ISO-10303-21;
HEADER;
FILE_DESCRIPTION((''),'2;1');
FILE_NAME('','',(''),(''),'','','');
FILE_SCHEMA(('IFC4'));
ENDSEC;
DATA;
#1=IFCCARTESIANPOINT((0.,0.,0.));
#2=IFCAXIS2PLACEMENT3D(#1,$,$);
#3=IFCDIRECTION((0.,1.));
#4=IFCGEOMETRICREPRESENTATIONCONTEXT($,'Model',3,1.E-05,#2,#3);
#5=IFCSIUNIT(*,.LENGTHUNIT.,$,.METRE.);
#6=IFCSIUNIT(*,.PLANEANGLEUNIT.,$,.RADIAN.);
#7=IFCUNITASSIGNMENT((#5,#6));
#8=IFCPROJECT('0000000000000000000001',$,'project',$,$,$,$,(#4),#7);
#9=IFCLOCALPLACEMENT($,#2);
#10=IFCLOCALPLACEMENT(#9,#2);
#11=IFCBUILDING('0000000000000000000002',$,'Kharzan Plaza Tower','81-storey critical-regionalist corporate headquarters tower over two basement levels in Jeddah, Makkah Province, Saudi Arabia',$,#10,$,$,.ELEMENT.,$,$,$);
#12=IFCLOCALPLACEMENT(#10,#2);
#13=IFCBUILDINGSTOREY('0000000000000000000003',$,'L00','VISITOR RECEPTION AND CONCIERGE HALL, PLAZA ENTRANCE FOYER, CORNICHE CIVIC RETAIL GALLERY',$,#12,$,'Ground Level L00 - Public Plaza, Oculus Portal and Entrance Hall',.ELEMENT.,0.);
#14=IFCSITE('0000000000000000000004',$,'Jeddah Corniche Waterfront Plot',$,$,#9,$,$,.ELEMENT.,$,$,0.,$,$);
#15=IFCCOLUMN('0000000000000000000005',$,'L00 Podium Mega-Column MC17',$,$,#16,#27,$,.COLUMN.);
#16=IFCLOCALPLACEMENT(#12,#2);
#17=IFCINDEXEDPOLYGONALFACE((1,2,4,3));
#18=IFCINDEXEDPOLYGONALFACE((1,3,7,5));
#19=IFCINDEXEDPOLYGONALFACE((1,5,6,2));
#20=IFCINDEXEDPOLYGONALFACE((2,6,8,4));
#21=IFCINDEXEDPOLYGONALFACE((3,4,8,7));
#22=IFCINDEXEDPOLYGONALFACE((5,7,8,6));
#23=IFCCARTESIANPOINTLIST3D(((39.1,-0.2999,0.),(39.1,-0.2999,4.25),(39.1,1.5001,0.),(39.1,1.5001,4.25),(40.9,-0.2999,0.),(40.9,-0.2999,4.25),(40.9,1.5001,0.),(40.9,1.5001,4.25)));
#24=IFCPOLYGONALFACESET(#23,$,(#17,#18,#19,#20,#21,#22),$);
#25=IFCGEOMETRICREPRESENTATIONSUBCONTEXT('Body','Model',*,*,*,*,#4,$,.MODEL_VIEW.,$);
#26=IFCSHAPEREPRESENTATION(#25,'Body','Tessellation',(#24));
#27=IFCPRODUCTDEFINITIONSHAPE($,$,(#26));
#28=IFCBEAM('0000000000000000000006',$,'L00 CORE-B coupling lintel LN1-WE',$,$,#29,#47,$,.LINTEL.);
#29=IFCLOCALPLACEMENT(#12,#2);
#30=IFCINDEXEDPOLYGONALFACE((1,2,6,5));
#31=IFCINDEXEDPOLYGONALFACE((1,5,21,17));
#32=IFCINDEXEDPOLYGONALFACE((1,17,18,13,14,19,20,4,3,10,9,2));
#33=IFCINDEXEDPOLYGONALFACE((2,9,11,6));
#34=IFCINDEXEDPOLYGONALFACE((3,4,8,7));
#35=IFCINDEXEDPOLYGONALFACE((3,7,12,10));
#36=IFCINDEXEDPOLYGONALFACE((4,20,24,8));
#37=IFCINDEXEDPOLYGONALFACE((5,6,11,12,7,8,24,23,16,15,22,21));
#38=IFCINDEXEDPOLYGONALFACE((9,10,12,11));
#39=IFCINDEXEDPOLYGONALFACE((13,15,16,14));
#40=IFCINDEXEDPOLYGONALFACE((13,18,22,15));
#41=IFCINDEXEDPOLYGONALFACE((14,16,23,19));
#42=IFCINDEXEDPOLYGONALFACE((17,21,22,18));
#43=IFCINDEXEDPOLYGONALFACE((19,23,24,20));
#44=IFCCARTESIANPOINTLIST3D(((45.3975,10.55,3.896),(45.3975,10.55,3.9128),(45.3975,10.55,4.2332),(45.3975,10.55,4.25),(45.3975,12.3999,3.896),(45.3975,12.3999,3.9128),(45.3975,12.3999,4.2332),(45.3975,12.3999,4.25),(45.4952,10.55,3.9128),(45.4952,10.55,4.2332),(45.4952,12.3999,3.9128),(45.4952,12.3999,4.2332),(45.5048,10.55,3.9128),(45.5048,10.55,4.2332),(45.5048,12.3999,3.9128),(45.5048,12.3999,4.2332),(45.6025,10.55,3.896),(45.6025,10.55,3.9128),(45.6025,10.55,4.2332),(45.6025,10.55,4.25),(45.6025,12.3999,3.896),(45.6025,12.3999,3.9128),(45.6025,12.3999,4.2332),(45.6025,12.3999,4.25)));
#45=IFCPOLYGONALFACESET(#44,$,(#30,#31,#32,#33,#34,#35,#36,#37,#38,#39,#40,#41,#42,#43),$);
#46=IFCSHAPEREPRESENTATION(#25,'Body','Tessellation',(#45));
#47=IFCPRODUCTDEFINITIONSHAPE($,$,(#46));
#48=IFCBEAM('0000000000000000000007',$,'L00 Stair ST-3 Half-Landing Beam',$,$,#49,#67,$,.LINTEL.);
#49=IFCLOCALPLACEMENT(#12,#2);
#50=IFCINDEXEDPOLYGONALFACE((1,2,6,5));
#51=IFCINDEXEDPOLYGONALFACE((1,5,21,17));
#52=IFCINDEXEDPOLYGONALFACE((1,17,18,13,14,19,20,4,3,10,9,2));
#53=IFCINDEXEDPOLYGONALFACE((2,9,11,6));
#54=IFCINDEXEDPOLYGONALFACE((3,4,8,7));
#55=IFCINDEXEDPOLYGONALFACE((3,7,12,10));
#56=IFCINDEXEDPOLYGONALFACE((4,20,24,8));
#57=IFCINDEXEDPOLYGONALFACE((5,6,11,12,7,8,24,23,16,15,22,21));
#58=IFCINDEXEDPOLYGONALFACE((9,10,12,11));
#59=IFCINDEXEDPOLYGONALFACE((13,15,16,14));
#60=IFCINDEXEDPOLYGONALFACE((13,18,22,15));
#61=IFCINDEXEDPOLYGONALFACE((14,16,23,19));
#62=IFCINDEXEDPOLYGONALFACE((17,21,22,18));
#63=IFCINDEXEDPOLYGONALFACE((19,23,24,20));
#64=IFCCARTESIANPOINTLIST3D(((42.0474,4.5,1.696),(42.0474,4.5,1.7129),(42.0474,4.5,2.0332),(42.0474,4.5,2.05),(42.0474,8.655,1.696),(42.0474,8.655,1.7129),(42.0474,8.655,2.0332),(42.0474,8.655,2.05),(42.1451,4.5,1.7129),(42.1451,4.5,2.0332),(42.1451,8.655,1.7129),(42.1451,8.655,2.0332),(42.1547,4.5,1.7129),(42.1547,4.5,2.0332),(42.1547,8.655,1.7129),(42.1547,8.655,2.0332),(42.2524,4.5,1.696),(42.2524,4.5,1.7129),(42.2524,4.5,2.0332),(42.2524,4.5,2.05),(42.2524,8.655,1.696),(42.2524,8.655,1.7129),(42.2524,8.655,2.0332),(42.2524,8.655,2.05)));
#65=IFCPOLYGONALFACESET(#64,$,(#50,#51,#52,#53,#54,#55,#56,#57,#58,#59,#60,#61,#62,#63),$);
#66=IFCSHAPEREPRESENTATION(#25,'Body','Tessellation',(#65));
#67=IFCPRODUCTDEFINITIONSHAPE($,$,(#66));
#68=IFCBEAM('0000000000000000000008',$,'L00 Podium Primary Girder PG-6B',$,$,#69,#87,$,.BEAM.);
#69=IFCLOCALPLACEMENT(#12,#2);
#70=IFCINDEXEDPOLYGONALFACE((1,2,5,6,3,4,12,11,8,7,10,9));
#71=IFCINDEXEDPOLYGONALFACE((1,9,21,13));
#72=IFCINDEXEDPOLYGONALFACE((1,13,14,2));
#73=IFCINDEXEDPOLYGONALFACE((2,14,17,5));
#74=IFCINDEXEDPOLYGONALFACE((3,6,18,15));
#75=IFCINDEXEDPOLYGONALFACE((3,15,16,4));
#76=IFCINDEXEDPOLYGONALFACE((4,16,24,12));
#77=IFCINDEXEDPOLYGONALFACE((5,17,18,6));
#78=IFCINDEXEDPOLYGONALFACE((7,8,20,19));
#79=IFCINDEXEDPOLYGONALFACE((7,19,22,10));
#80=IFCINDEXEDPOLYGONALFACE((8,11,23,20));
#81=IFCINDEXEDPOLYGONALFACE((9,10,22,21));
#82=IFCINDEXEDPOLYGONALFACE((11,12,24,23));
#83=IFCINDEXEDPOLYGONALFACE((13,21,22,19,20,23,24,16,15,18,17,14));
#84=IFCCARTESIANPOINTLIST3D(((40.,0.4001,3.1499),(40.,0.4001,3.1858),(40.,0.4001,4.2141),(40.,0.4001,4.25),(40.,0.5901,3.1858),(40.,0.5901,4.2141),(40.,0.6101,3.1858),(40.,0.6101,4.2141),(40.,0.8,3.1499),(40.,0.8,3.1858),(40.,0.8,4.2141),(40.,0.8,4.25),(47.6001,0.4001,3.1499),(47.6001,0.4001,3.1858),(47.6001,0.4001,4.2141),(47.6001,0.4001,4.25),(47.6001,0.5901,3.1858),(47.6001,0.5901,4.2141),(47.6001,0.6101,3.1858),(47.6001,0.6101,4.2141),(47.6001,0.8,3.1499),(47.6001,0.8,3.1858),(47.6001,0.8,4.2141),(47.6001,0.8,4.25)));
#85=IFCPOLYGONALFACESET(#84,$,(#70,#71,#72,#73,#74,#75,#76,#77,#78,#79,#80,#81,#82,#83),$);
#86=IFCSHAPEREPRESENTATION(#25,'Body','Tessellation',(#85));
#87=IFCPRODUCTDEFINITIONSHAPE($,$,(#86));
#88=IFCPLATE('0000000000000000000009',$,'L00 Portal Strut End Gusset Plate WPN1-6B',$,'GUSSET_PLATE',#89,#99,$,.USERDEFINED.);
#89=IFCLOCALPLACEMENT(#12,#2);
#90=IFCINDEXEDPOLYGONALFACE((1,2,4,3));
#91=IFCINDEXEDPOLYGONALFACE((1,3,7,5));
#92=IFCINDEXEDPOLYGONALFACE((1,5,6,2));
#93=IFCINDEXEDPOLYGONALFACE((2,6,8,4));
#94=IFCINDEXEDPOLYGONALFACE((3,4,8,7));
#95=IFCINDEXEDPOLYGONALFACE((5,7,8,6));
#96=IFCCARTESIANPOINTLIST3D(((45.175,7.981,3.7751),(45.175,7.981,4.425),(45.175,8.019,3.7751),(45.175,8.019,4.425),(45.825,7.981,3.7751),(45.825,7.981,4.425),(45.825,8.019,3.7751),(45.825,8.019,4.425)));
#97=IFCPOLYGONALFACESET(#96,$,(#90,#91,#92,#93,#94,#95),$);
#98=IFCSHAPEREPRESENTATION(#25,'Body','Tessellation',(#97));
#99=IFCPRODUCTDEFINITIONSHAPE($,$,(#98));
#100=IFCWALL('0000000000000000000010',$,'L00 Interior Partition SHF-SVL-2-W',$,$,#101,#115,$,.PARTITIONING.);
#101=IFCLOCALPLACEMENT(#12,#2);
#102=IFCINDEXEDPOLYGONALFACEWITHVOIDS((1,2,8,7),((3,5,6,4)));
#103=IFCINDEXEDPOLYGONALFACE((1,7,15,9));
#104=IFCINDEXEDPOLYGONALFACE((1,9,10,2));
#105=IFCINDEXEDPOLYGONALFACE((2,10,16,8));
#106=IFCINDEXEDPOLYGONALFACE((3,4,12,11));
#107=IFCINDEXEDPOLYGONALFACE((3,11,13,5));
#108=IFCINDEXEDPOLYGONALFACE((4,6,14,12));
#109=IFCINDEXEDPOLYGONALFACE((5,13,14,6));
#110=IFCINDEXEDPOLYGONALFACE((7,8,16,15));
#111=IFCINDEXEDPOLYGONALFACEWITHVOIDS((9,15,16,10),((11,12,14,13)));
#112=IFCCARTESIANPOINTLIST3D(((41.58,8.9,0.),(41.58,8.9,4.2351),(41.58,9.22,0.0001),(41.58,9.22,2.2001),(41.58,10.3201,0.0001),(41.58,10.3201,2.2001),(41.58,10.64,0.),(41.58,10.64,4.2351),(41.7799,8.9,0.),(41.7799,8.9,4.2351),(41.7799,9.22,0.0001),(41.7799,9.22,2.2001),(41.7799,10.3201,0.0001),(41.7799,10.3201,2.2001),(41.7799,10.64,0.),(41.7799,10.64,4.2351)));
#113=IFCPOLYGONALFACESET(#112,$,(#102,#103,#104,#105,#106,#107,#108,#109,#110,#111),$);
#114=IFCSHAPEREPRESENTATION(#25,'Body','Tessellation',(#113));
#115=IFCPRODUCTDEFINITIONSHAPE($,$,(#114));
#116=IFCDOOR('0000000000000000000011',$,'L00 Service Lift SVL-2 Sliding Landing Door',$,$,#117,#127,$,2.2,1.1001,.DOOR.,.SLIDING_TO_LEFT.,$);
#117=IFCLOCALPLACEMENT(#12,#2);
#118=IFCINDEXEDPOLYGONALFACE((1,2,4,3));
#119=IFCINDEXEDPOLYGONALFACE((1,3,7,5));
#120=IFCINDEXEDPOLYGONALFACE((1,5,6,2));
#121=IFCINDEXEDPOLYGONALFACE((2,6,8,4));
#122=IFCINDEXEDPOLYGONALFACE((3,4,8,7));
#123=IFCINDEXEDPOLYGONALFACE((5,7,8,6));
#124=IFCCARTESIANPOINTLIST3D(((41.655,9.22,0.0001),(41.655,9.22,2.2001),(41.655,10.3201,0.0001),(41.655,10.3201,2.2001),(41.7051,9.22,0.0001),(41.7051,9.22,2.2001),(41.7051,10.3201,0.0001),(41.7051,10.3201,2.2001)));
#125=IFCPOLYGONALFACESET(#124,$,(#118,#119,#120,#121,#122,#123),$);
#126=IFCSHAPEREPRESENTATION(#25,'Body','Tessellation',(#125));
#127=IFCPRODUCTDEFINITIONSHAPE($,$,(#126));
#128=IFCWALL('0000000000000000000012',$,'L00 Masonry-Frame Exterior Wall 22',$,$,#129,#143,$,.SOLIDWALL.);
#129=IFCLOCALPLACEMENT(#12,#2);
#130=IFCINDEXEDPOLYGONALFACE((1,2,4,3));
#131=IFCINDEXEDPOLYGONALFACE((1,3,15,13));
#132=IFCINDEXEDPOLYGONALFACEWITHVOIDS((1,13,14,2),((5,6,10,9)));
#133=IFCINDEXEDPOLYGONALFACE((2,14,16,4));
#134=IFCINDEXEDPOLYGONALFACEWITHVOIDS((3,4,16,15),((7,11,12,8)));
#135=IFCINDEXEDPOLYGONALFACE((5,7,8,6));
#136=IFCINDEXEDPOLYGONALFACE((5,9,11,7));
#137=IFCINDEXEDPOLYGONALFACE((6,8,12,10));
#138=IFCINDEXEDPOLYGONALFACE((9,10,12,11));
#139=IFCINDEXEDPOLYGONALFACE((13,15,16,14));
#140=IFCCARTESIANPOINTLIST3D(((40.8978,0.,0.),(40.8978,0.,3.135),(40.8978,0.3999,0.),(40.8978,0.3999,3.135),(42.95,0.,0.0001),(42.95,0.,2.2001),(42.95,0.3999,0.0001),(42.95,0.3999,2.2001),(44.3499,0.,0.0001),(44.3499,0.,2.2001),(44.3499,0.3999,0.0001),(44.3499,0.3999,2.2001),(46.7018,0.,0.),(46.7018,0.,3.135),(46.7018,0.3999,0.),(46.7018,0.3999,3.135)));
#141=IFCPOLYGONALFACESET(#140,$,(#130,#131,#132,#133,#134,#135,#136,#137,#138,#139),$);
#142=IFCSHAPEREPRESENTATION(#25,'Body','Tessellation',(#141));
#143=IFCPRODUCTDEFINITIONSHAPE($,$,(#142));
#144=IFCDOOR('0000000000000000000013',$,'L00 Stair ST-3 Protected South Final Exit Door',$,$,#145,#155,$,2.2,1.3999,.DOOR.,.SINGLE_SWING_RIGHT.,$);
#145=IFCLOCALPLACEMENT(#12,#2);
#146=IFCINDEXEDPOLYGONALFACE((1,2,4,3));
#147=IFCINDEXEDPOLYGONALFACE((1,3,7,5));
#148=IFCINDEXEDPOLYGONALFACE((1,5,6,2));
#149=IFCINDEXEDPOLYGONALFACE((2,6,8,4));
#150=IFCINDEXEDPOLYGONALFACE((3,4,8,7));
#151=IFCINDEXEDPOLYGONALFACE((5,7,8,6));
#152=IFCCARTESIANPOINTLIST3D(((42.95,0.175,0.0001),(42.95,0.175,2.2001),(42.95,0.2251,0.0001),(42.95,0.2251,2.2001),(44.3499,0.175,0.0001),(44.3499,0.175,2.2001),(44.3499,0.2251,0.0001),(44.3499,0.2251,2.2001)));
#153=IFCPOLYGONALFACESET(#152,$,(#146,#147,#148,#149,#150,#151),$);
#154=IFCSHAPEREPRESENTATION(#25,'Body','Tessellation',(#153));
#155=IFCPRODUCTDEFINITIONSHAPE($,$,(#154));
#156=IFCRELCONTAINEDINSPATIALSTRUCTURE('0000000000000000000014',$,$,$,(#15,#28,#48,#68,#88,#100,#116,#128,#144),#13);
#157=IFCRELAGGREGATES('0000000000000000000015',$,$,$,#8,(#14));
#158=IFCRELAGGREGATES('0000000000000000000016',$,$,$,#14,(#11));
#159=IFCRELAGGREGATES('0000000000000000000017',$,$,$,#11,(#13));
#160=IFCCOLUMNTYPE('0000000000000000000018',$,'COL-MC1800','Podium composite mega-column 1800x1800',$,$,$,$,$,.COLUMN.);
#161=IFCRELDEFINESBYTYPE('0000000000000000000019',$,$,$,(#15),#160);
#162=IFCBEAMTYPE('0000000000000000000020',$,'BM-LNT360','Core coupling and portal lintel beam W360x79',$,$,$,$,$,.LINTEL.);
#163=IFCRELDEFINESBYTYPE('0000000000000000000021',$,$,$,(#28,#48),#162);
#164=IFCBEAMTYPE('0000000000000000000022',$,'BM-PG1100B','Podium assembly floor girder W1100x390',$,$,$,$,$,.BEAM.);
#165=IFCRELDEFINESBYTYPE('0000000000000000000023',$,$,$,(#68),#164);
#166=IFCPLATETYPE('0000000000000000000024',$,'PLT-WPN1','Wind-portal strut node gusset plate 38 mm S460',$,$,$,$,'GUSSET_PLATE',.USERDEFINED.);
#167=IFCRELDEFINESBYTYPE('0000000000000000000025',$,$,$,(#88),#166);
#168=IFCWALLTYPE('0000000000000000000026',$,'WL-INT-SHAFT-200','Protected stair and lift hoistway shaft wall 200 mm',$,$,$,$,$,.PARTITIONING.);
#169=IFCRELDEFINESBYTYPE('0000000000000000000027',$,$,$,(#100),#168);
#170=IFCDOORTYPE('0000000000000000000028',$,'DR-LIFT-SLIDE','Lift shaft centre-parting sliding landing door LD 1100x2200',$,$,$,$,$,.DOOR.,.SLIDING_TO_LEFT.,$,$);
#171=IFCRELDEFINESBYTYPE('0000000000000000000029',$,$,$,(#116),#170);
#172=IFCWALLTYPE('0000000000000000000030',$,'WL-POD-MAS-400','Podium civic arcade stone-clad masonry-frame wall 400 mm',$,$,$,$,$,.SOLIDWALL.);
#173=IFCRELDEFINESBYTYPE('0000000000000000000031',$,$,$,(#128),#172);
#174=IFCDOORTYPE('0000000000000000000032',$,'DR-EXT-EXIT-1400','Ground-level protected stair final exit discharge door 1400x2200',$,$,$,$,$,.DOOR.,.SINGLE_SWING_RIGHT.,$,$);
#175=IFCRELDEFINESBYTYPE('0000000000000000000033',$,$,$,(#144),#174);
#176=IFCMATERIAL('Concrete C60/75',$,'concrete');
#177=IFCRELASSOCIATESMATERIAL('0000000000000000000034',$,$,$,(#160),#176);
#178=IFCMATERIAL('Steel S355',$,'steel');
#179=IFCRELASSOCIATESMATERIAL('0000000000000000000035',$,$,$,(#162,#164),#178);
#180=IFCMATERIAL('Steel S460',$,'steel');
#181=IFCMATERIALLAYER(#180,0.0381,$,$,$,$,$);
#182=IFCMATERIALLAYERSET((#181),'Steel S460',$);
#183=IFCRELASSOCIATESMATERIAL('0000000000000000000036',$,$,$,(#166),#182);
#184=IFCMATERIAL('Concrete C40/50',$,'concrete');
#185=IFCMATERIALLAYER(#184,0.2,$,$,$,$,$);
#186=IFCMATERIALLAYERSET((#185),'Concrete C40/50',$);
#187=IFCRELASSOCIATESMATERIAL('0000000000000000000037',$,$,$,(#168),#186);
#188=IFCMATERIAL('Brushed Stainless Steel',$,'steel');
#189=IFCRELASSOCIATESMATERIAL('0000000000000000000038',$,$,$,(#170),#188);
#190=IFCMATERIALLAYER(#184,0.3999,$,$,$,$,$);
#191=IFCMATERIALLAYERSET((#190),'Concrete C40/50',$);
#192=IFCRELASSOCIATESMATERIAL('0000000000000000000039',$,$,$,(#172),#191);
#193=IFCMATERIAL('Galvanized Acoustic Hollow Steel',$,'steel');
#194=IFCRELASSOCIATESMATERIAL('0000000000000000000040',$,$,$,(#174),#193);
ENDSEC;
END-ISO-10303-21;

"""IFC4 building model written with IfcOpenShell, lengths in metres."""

from ifc_helpers import new_model, si_unit, direction, frame, frame_2d, origin, origin_2d, place, context, subcontext, project, spatial, rectangle, i_section, extrude, source, transform, mapped, material, layer, layer_set, material_profile, profile_set, type_object, element, fill, save


model = new_model("IFC4")

# Units and contexts
model_context = context("Model", 3, precision=1e-05, world=origin(), true_north=direction((0.0, 1.0)))
body_context = subcontext(model_context, "Body", "Model", "MODEL_VIEW")
ifc_project = project(units=[si_unit("LENGTHUNIT", "METRE"), si_unit("PLANEANGLEUNIT", "RADIAN")], contexts=[model_context])

# Site, building, storey
site_placement = place(None, origin())
site = spatial("IfcSite", under=ifc_project, at=site_placement, Name="Jeddah Corniche Waterfront Plot", CompositionType="ELEMENT", RefElevation=0.0)
building_placement = place(site_placement, origin())
building = spatial("IfcBuilding", under=site, at=building_placement, Name="Kharzan Plaza Tower", Description="81-storey critical-regionalist corporate headquarters tower over two basement levels in Jeddah, Makkah Province, Saudi Arabia", CompositionType="ELEMENT")
storey_placement = place(building_placement, origin())
storey = spatial("IfcBuildingStorey", under=building, at=storey_placement, Name="L00", Description="VISITOR RECEPTION AND CONCIERGE HALL, PLAZA ENTRANCE FOYER, CORNICHE CIVIC RETAIL GALLERY", LongName="Ground Level L00 - Public Plaza, Oculus Portal and Entrance Hall", CompositionType="ELEMENT", Elevation=0.0)

# Column
ifc_material_1 = material(Name="Concrete C60/75", Category="concrete")
ifc_material_profile_1 = material_profile(ifc_material_1, rectangle(XDim=1.8, YDim=1.8, at=origin_2d()), Name="RC-MC1800x1800")
ifc_profile_set_1 = profile_set([ifc_material_profile_1], Name="Concrete C60/75")
column_type = type_object("IfcColumnType", Name="COL-MC1800", Description="Podium composite mega-column 1800x1800", PredefinedType="COLUMN", material=ifc_profile_set_1)
shared_shape_1 = source(origin(), body_context, "Body", "SweptSolid", [
    extrude(rectangle(XDim=1.8, YDim=1.8, at=origin_2d()), origin(), (0.0, 0.0, 1.0), 4.25),
])
column_placement = place(storey_placement, frame((40.0, 0.6001, 0.0), z_axis=(0.0, 0.0, 1.0), x_axis=(1.0, 0.0, 0.0)))
element("IfcColumn", 1, at=column_placement, inside=storey, type_object=column_type, Name="L00 Podium Mega-Column MC17", PredefinedType="COLUMN", context=body_context, shape_type="MappedRepresentation", body=[
    mapped(shared_shape_1, transform((0.0, 0.0, 0.0), x_axis=(1.0, 0.0, 0.0), y_axis=(0.0, 1.0, 0.0), z_axis=(0.0, 0.0, 1.0))),
])

# Beams
ifc_material_2 = material(Name="Steel S355", Category="steel")
ifc_material_profile_2 = material_profile(ifc_material_2, i_section(OverallWidth=0.2051, OverallDepth=0.354, WebThickness=0.0095, FlangeThickness=0.0168, at=origin_2d()), Name="W360x79")
ifc_profile_set_2 = profile_set([ifc_material_profile_2], Name="Steel S355")
beam_type_1 = type_object("IfcBeamType", Name="BM-LNT360", Description="Core coupling and portal lintel beam W360x79", PredefinedType="LINTEL", material=ifc_profile_set_2)
shared_shape_2 = source(origin(), body_context, "Body", "SweptSolid", [
    extrude(i_section(OverallWidth=0.2051, OverallDepth=0.354, WebThickness=0.0095, FlangeThickness=0.0168, at=origin_2d()), origin(), (0.0, 0.0, 1.0), 1.8499),
])
beam_1_placement = place(storey_placement, frame((45.5, 10.55, 4.073), z_axis=(0.0, 1.0, 0.0), x_axis=(-1.0, 0.0, 0.0)))
element("IfcBeam", 2, at=beam_1_placement, inside=storey, type_object=beam_type_1, Name="L00 CORE-B coupling lintel LN1-WE", PredefinedType="LINTEL", context=body_context, shape_type="MappedRepresentation", body=[
    mapped(shared_shape_2, transform((0.0, 0.0, 0.0), x_axis=(1.0, 0.0, 0.0), y_axis=(0.0, 1.0, 0.0), z_axis=(0.0, 0.0, 1.0))),
])
shared_shape_3 = source(origin(), body_context, "Body", "SweptSolid", [
    extrude(i_section(OverallWidth=0.2051, OverallDepth=0.354, WebThickness=0.0095, FlangeThickness=0.0168, at=origin_2d()), origin(), (0.0, 0.0, 1.0), 4.155),
])
beam_2_placement = place(storey_placement, frame((42.1499, 4.5, 1.873), z_axis=(0.0, 1.0, 0.0), x_axis=(-1.0, 0.0, 0.0)))
element("IfcBeam", 3, at=beam_2_placement, inside=storey, type_object=beam_type_1, Name="L00 Stair ST-3 Half-Landing Beam", PredefinedType="LINTEL", context=body_context, shape_type="MappedRepresentation", body=[
    mapped(shared_shape_3, transform((0.0, 0.0, 0.0), x_axis=(1.0, 0.0, 0.0), y_axis=(0.0, 1.0, 0.0), z_axis=(0.0, 0.0, 1.0))),
])
ifc_material_profile_3 = material_profile(ifc_material_2, i_section(OverallWidth=0.3999, OverallDepth=1.1001, WebThickness=0.02, FlangeThickness=0.0359, at=origin_2d()), Name="W1100x390")
ifc_profile_set_3 = profile_set([ifc_material_profile_3], Name="Steel S355")
beam_type_2 = type_object("IfcBeamType", Name="BM-PG1100B", Description="Podium assembly floor girder W1100x390", PredefinedType="BEAM", material=ifc_profile_set_3)
shared_shape_4 = source(origin(), body_context, "Body", "SweptSolid", [
    extrude(i_section(OverallWidth=0.3999, OverallDepth=1.1001, WebThickness=0.02, FlangeThickness=0.0359, at=origin_2d()), origin(), (0.0, 0.0, 1.0), 7.6001),
])
beam_3_placement = place(storey_placement, frame((40.0, 0.6001, 3.7), z_axis=(1.0, 0.0, 0.0), x_axis=(0.0, 1.0, 0.0)))
element("IfcBeam", 4, at=beam_3_placement, inside=storey, type_object=beam_type_2, Name="L00 Podium Primary Girder PG-6B", PredefinedType="BEAM", context=body_context, shape_type="MappedRepresentation", body=[
    mapped(shared_shape_4, transform((0.0, 0.0, 0.0), x_axis=(1.0, 0.0, 0.0), y_axis=(0.0, 1.0, 0.0), z_axis=(0.0, 0.0, 1.0))),
])

# Plate
ifc_material_3 = material(Name="Steel S460", Category="steel")
ifc_layer_1 = layer(ifc_material_3, 0.0381)
ifc_layer_set_1 = layer_set([ifc_layer_1], Name="Steel S460")
plate_type = type_object("IfcPlateType", Name="PLT-WPN1", Description="Wind-portal strut node gusset plate 38 mm S460", ElementType="GUSSET_PLATE", PredefinedType="USERDEFINED", material=ifc_layer_set_1)
shared_shape_5 = source(origin(), body_context, "Body", "SweptSolid", [
    extrude(rectangle(XDim=0.6499, YDim=0.0381, at=origin_2d()), origin(), (0.0, 0.0, 1.0), 0.6499),
])
plate_placement = place(storey_placement, frame((45.5, 8.0, 3.7751), z_axis=(0.0, 0.0, 1.0), x_axis=(1.0, 0.0, 0.0)))
element("IfcPlate", 5, at=plate_placement, inside=storey, type_object=plate_type, Name="L00 Portal Strut End Gusset Plate WPN1-6B", ObjectType="GUSSET_PLATE", PredefinedType="USERDEFINED", context=body_context, shape_type="MappedRepresentation", body=[
    mapped(shared_shape_5, transform((0.0, 0.0, 0.0), x_axis=(1.0, 0.0, 0.0), y_axis=(0.0, 1.0, 0.0), z_axis=(0.0, 0.0, 1.0))),
])

# Walls, openings, doors
ifc_material_4 = material(Name="Concrete C40/50", Category="concrete")
ifc_layer_2 = layer(ifc_material_4, 0.2)
ifc_layer_set_2 = layer_set([ifc_layer_2], Name="Concrete C40/50")
wall_type_1 = type_object("IfcWallType", Name="WL-INT-SHAFT-200", Description="Protected stair and lift hoistway shaft wall 200 mm", PredefinedType="PARTITIONING", material=ifc_layer_set_2)
wall_1_placement = place(storey_placement, frame((41.6799, 8.8999, 0.0), z_axis=(0.0, 0.0, 1.0), x_axis=(0.0, 1.0, 0.0)))
wall_1 = element("IfcWall", 6, at=wall_1_placement, inside=storey, type_object=wall_type_1, Name="L00 Interior Partition SHF-SVL-2-W", PredefinedType="PARTITIONING", context=body_context, shape_type="SweptSolid", body=[
    extrude(rectangle(XDim=1.74, YDim=0.2, at=frame_2d((0.8701, 0.0))), origin(), (0.0, 0.0, 1.0), 4.2351),
])
opening_1_placement = place(wall_1_placement, frame((0.3201, 0.0, 0.0)))
opening_1 = element("IfcOpeningElement", 7, at=opening_1_placement, cuts=wall_1, PredefinedType="OPENING", context=body_context, shape_type="SweptSolid", body=[
    extrude(rectangle(XDim=1.1001, YDim=2.2, at=frame_2d((0.55, 1.1001))), frame((0.0, 0.1099, 0.0), z_axis=(0.0, -1.0, 0.0), x_axis=(1.0, 0.0, 0.0)), (0.0, 0.0, 1.0), 0.22),
])
ifc_material_5 = material(Name="Brushed Stainless Steel", Category="steel")
door_type_1 = type_object("IfcDoorType", Name="DR-LIFT-SLIDE", Description="Lift shaft centre-parting sliding landing door LD 1100x2200", OperationType="SLIDING_TO_LEFT", PredefinedType="DOOR", material=ifc_material_5)
shared_shape_6 = source(origin(), body_context, "Body", "SweptSolid", [
    extrude(rectangle(XDim=1.1001, YDim=2.2, at=frame_2d((0.55, 1.1001))), frame((0.0, 0.0249, 0.0), z_axis=(0.0, -1.0, 0.0), x_axis=(1.0, 0.0, 0.0)), (0.0, 0.0, 1.0), 0.05),
])
door_1_placement = place(opening_1_placement, origin())
door_1 = element("IfcDoor", 8, at=door_1_placement, inside=storey, type_object=door_type_1, Name="L00 Service Lift SVL-2 Sliding Landing Door", OperationType="SLIDING_TO_LEFT", OverallHeight=2.2, OverallWidth=1.1001, PredefinedType="DOOR", context=body_context, shape_type="MappedRepresentation", body=[
    mapped(shared_shape_6, transform((0.0, 0.0, 0.0), x_axis=(1.0, 0.0, 0.0), y_axis=(0.0, 1.0, 0.0), z_axis=(0.0, 0.0, 1.0))),
])
fill(opening_1, door_1)
ifc_layer_3 = layer(ifc_material_4, 0.3999)
ifc_layer_set_3 = layer_set([ifc_layer_3], Name="Concrete C40/50")
wall_type_2 = type_object("IfcWallType", Name="WL-POD-MAS-400", Description="Podium civic arcade stone-clad masonry-frame wall 400 mm", PredefinedType="SOLIDWALL", material=ifc_layer_set_3)
wall_2_placement = place(storey_placement, frame((40.8979, 0.2, 0.0), z_axis=(0.0, 0.0, 1.0), x_axis=(1.0, 0.0, 0.0)))
wall_2 = element("IfcWall", 9, at=wall_2_placement, inside=storey, type_object=wall_type_2, Name="L00 Masonry-Frame Exterior Wall 22", PredefinedType="SOLIDWALL", context=body_context, shape_type="SweptSolid", body=[
    extrude(rectangle(XDim=5.804, YDim=0.3999, at=frame_2d((2.9019, 0.0))), origin(), (0.0, 0.0, 1.0), 3.135),
])
opening_2_placement = place(wall_2_placement, frame((2.052, 0.0, 0.0)))
opening_2 = element("IfcOpeningElement", 10, at=opening_2_placement, cuts=wall_2, PredefinedType="OPENING", context=body_context, shape_type="SweptSolid", body=[
    extrude(rectangle(XDim=1.3999, YDim=2.2, at=frame_2d((0.7, 1.1001))), frame((0.0, 0.21, 0.0), z_axis=(0.0, -1.0, 0.0), x_axis=(1.0, 0.0, 0.0)), (0.0, 0.0, 1.0), 0.4199),
])
ifc_material_6 = material(Name="Galvanized Acoustic Hollow Steel", Category="steel")
door_type_2 = type_object("IfcDoorType", Name="DR-EXT-EXIT-1400", Description="Ground-level protected stair final exit discharge door 1400x2200", OperationType="SINGLE_SWING_RIGHT", PredefinedType="DOOR", material=ifc_material_6)
shared_shape_7 = source(origin(), body_context, "Body", "SweptSolid", [
    extrude(rectangle(XDim=1.3999, YDim=2.2, at=frame_2d((0.7, 1.1001))), frame((0.0, 0.0249, 0.0), z_axis=(0.0, -1.0, 0.0), x_axis=(1.0, 0.0, 0.0)), (0.0, 0.0, 1.0), 0.05),
])
door_2_placement = place(opening_2_placement, frame((1.3999, 0.0, 0.0), z_axis=(0.0, 0.0, 1.0), x_axis=(-1.0, 0.0, 0.0)))
door_2 = element("IfcDoor", 11, at=door_2_placement, inside=storey, type_object=door_type_2, Name="L00 Stair ST-3 Protected South Final Exit Door", OperationType="SINGLE_SWING_RIGHT", OverallHeight=2.2, OverallWidth=1.3999, PredefinedType="DOOR", context=body_context, shape_type="MappedRepresentation", body=[
    mapped(shared_shape_7, transform((0.0, 0.0, 0.0), x_axis=(1.0, 0.0, 0.0), y_axis=(0.0, 1.0, 0.0), z_axis=(0.0, 0.0, 1.0))),
])
fill(opening_2, door_2)

save(model, "model.ifc")
